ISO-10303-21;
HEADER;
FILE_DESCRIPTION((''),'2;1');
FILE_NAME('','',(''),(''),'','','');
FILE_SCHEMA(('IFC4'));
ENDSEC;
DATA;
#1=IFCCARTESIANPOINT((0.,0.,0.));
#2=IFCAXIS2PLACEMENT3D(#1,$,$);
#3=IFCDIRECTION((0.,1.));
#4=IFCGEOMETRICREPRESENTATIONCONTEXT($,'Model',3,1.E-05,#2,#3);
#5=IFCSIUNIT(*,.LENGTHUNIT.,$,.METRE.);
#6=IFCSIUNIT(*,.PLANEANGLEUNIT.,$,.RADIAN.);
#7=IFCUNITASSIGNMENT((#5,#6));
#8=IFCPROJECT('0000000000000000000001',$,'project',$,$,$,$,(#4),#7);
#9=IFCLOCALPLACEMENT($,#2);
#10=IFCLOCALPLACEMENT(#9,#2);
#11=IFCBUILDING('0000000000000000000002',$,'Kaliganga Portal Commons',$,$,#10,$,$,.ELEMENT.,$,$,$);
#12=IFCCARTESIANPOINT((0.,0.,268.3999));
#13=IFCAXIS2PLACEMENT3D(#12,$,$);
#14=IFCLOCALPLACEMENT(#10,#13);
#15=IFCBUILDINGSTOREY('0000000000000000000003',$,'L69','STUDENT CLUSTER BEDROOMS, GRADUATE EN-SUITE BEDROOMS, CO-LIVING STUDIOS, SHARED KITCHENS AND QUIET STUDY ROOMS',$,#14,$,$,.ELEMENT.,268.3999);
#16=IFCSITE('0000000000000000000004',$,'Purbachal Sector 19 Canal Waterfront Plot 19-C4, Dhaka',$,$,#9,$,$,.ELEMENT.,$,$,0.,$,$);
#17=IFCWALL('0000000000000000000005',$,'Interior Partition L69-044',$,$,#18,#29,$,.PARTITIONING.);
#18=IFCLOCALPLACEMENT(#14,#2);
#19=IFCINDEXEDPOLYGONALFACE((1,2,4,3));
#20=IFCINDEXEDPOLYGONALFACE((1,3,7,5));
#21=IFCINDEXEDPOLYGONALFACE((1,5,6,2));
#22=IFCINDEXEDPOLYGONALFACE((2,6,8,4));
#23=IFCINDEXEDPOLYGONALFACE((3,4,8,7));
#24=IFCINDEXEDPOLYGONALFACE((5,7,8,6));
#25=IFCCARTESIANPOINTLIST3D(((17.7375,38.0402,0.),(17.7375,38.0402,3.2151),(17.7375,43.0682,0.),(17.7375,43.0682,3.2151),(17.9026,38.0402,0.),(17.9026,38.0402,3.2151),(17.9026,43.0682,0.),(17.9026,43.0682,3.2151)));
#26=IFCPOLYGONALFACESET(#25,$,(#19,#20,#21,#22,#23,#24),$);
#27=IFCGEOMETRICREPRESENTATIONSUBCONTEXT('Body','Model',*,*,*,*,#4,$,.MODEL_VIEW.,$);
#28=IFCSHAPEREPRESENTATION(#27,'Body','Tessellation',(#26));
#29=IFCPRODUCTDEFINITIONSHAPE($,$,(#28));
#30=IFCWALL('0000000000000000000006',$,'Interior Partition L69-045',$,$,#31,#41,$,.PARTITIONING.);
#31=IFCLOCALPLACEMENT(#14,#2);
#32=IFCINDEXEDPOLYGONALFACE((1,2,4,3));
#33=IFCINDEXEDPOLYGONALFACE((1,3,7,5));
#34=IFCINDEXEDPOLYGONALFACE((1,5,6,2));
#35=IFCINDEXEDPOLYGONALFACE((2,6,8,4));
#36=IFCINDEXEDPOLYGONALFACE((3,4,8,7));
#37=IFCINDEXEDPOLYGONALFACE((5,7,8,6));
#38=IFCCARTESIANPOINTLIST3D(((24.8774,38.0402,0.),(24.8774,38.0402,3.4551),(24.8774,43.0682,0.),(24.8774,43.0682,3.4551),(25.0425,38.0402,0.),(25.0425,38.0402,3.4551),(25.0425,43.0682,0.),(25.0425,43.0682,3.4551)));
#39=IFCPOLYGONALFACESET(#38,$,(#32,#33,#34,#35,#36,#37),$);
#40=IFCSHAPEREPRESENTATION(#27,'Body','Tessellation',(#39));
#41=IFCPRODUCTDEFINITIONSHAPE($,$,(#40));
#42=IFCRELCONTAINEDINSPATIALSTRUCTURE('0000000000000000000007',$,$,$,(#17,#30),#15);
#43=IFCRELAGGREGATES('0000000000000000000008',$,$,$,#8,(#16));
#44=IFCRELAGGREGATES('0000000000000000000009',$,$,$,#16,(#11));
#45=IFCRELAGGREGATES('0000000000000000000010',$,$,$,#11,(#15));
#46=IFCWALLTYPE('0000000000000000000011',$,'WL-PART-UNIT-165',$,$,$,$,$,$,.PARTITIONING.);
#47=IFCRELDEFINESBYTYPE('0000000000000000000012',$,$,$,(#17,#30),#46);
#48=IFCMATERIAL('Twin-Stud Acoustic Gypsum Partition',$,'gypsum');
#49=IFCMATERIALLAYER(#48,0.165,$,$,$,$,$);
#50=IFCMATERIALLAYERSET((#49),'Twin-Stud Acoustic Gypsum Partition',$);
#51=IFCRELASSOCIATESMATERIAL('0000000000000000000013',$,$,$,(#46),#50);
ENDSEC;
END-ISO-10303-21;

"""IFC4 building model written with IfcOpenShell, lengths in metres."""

from ifc_helpers import new_model, si_unit, direction, frame, frame_2d, origin, place, context, subcontext, project, spatial, rectangle, extrude, material, layer, layer_set, type_object, element, save


model = new_model("IFC4")

# Units and contexts
model_context = context("Model", 3, precision=1e-05, world=origin(), true_north=direction((0.0, 1.0)))
body_context = subcontext(model_context, "Body", "Model", "MODEL_VIEW")
ifc_project = project(units=[si_unit("LENGTHUNIT", "METRE"), si_unit("PLANEANGLEUNIT", "RADIAN")], contexts=[model_context])

# Site, building, storey
site_placement = place(None, origin())
site = spatial("IfcSite", under=ifc_project, at=site_placement, Name="Purbachal Sector 19 Canal Waterfront Plot 19-C4, Dhaka", CompositionType="ELEMENT", RefElevation=0.0)
building_placement = place(site_placement, origin())
building = spatial("IfcBuilding", under=site, at=building_placement, Name="Kaliganga Portal Commons", CompositionType="ELEMENT")
storey_placement = place(building_placement, frame((0.0, 0.0, 268.3999)))
storey = spatial("IfcBuildingStorey", under=building, at=storey_placement, Name="L69", Description="STUDENT CLUSTER BEDROOMS, GRADUATE EN-SUITE BEDROOMS, CO-LIVING STUDIOS, SHARED KITCHENS AND QUIET STUDY ROOMS", CompositionType="ELEMENT", Elevation=268.3999)

# Walls
ifc_material_1 = material(Name="Twin-Stud Acoustic Gypsum Partition", Category="gypsum")
ifc_layer_1 = layer(ifc_material_1, 0.165)
ifc_layer_set_1 = layer_set([ifc_layer_1], Name="Twin-Stud Acoustic Gypsum Partition")
wall_type_1 = type_object("IfcWallType", Name="WL-PART-UNIT-165", PredefinedType="PARTITIONING", material=ifc_layer_set_1)
wall_1_placement = place(storey_placement, frame((17.8201, 38.04, 0.0), z_axis=(0.0, 0.0, 1.0), x_axis=(0.0, 1.0, 0.0)))
element("IfcWall", 1, at=wall_1_placement, inside=storey, type_object=wall_type_1, Name="Interior Partition L69-044", PredefinedType="PARTITIONING", context=body_context, shape_type="SweptSolid", body=[
    extrude(rectangle(XDim=5.0281, YDim=0.165, at=frame_2d((2.5142, 0.0))), origin(), (0.0, 0.0, 1.0), 3.2151),
])
wall_2_placement = place(storey_placement, frame((24.96, 38.04, 0.0), z_axis=(0.0, 0.0, 1.0), x_axis=(0.0, 1.0, 0.0)))
element("IfcWall", 2, at=wall_2_placement, inside=storey, type_object=wall_type_1, Name="Interior Partition L69-045", PredefinedType="PARTITIONING", context=body_context, shape_type="SweptSolid", body=[
    extrude(rectangle(XDim=5.0281, YDim=0.165, at=frame_2d((2.5142, 0.0))), origin(), (0.0, 0.0, 1.0), 3.4551),
])

save(model, "model.ifc")
